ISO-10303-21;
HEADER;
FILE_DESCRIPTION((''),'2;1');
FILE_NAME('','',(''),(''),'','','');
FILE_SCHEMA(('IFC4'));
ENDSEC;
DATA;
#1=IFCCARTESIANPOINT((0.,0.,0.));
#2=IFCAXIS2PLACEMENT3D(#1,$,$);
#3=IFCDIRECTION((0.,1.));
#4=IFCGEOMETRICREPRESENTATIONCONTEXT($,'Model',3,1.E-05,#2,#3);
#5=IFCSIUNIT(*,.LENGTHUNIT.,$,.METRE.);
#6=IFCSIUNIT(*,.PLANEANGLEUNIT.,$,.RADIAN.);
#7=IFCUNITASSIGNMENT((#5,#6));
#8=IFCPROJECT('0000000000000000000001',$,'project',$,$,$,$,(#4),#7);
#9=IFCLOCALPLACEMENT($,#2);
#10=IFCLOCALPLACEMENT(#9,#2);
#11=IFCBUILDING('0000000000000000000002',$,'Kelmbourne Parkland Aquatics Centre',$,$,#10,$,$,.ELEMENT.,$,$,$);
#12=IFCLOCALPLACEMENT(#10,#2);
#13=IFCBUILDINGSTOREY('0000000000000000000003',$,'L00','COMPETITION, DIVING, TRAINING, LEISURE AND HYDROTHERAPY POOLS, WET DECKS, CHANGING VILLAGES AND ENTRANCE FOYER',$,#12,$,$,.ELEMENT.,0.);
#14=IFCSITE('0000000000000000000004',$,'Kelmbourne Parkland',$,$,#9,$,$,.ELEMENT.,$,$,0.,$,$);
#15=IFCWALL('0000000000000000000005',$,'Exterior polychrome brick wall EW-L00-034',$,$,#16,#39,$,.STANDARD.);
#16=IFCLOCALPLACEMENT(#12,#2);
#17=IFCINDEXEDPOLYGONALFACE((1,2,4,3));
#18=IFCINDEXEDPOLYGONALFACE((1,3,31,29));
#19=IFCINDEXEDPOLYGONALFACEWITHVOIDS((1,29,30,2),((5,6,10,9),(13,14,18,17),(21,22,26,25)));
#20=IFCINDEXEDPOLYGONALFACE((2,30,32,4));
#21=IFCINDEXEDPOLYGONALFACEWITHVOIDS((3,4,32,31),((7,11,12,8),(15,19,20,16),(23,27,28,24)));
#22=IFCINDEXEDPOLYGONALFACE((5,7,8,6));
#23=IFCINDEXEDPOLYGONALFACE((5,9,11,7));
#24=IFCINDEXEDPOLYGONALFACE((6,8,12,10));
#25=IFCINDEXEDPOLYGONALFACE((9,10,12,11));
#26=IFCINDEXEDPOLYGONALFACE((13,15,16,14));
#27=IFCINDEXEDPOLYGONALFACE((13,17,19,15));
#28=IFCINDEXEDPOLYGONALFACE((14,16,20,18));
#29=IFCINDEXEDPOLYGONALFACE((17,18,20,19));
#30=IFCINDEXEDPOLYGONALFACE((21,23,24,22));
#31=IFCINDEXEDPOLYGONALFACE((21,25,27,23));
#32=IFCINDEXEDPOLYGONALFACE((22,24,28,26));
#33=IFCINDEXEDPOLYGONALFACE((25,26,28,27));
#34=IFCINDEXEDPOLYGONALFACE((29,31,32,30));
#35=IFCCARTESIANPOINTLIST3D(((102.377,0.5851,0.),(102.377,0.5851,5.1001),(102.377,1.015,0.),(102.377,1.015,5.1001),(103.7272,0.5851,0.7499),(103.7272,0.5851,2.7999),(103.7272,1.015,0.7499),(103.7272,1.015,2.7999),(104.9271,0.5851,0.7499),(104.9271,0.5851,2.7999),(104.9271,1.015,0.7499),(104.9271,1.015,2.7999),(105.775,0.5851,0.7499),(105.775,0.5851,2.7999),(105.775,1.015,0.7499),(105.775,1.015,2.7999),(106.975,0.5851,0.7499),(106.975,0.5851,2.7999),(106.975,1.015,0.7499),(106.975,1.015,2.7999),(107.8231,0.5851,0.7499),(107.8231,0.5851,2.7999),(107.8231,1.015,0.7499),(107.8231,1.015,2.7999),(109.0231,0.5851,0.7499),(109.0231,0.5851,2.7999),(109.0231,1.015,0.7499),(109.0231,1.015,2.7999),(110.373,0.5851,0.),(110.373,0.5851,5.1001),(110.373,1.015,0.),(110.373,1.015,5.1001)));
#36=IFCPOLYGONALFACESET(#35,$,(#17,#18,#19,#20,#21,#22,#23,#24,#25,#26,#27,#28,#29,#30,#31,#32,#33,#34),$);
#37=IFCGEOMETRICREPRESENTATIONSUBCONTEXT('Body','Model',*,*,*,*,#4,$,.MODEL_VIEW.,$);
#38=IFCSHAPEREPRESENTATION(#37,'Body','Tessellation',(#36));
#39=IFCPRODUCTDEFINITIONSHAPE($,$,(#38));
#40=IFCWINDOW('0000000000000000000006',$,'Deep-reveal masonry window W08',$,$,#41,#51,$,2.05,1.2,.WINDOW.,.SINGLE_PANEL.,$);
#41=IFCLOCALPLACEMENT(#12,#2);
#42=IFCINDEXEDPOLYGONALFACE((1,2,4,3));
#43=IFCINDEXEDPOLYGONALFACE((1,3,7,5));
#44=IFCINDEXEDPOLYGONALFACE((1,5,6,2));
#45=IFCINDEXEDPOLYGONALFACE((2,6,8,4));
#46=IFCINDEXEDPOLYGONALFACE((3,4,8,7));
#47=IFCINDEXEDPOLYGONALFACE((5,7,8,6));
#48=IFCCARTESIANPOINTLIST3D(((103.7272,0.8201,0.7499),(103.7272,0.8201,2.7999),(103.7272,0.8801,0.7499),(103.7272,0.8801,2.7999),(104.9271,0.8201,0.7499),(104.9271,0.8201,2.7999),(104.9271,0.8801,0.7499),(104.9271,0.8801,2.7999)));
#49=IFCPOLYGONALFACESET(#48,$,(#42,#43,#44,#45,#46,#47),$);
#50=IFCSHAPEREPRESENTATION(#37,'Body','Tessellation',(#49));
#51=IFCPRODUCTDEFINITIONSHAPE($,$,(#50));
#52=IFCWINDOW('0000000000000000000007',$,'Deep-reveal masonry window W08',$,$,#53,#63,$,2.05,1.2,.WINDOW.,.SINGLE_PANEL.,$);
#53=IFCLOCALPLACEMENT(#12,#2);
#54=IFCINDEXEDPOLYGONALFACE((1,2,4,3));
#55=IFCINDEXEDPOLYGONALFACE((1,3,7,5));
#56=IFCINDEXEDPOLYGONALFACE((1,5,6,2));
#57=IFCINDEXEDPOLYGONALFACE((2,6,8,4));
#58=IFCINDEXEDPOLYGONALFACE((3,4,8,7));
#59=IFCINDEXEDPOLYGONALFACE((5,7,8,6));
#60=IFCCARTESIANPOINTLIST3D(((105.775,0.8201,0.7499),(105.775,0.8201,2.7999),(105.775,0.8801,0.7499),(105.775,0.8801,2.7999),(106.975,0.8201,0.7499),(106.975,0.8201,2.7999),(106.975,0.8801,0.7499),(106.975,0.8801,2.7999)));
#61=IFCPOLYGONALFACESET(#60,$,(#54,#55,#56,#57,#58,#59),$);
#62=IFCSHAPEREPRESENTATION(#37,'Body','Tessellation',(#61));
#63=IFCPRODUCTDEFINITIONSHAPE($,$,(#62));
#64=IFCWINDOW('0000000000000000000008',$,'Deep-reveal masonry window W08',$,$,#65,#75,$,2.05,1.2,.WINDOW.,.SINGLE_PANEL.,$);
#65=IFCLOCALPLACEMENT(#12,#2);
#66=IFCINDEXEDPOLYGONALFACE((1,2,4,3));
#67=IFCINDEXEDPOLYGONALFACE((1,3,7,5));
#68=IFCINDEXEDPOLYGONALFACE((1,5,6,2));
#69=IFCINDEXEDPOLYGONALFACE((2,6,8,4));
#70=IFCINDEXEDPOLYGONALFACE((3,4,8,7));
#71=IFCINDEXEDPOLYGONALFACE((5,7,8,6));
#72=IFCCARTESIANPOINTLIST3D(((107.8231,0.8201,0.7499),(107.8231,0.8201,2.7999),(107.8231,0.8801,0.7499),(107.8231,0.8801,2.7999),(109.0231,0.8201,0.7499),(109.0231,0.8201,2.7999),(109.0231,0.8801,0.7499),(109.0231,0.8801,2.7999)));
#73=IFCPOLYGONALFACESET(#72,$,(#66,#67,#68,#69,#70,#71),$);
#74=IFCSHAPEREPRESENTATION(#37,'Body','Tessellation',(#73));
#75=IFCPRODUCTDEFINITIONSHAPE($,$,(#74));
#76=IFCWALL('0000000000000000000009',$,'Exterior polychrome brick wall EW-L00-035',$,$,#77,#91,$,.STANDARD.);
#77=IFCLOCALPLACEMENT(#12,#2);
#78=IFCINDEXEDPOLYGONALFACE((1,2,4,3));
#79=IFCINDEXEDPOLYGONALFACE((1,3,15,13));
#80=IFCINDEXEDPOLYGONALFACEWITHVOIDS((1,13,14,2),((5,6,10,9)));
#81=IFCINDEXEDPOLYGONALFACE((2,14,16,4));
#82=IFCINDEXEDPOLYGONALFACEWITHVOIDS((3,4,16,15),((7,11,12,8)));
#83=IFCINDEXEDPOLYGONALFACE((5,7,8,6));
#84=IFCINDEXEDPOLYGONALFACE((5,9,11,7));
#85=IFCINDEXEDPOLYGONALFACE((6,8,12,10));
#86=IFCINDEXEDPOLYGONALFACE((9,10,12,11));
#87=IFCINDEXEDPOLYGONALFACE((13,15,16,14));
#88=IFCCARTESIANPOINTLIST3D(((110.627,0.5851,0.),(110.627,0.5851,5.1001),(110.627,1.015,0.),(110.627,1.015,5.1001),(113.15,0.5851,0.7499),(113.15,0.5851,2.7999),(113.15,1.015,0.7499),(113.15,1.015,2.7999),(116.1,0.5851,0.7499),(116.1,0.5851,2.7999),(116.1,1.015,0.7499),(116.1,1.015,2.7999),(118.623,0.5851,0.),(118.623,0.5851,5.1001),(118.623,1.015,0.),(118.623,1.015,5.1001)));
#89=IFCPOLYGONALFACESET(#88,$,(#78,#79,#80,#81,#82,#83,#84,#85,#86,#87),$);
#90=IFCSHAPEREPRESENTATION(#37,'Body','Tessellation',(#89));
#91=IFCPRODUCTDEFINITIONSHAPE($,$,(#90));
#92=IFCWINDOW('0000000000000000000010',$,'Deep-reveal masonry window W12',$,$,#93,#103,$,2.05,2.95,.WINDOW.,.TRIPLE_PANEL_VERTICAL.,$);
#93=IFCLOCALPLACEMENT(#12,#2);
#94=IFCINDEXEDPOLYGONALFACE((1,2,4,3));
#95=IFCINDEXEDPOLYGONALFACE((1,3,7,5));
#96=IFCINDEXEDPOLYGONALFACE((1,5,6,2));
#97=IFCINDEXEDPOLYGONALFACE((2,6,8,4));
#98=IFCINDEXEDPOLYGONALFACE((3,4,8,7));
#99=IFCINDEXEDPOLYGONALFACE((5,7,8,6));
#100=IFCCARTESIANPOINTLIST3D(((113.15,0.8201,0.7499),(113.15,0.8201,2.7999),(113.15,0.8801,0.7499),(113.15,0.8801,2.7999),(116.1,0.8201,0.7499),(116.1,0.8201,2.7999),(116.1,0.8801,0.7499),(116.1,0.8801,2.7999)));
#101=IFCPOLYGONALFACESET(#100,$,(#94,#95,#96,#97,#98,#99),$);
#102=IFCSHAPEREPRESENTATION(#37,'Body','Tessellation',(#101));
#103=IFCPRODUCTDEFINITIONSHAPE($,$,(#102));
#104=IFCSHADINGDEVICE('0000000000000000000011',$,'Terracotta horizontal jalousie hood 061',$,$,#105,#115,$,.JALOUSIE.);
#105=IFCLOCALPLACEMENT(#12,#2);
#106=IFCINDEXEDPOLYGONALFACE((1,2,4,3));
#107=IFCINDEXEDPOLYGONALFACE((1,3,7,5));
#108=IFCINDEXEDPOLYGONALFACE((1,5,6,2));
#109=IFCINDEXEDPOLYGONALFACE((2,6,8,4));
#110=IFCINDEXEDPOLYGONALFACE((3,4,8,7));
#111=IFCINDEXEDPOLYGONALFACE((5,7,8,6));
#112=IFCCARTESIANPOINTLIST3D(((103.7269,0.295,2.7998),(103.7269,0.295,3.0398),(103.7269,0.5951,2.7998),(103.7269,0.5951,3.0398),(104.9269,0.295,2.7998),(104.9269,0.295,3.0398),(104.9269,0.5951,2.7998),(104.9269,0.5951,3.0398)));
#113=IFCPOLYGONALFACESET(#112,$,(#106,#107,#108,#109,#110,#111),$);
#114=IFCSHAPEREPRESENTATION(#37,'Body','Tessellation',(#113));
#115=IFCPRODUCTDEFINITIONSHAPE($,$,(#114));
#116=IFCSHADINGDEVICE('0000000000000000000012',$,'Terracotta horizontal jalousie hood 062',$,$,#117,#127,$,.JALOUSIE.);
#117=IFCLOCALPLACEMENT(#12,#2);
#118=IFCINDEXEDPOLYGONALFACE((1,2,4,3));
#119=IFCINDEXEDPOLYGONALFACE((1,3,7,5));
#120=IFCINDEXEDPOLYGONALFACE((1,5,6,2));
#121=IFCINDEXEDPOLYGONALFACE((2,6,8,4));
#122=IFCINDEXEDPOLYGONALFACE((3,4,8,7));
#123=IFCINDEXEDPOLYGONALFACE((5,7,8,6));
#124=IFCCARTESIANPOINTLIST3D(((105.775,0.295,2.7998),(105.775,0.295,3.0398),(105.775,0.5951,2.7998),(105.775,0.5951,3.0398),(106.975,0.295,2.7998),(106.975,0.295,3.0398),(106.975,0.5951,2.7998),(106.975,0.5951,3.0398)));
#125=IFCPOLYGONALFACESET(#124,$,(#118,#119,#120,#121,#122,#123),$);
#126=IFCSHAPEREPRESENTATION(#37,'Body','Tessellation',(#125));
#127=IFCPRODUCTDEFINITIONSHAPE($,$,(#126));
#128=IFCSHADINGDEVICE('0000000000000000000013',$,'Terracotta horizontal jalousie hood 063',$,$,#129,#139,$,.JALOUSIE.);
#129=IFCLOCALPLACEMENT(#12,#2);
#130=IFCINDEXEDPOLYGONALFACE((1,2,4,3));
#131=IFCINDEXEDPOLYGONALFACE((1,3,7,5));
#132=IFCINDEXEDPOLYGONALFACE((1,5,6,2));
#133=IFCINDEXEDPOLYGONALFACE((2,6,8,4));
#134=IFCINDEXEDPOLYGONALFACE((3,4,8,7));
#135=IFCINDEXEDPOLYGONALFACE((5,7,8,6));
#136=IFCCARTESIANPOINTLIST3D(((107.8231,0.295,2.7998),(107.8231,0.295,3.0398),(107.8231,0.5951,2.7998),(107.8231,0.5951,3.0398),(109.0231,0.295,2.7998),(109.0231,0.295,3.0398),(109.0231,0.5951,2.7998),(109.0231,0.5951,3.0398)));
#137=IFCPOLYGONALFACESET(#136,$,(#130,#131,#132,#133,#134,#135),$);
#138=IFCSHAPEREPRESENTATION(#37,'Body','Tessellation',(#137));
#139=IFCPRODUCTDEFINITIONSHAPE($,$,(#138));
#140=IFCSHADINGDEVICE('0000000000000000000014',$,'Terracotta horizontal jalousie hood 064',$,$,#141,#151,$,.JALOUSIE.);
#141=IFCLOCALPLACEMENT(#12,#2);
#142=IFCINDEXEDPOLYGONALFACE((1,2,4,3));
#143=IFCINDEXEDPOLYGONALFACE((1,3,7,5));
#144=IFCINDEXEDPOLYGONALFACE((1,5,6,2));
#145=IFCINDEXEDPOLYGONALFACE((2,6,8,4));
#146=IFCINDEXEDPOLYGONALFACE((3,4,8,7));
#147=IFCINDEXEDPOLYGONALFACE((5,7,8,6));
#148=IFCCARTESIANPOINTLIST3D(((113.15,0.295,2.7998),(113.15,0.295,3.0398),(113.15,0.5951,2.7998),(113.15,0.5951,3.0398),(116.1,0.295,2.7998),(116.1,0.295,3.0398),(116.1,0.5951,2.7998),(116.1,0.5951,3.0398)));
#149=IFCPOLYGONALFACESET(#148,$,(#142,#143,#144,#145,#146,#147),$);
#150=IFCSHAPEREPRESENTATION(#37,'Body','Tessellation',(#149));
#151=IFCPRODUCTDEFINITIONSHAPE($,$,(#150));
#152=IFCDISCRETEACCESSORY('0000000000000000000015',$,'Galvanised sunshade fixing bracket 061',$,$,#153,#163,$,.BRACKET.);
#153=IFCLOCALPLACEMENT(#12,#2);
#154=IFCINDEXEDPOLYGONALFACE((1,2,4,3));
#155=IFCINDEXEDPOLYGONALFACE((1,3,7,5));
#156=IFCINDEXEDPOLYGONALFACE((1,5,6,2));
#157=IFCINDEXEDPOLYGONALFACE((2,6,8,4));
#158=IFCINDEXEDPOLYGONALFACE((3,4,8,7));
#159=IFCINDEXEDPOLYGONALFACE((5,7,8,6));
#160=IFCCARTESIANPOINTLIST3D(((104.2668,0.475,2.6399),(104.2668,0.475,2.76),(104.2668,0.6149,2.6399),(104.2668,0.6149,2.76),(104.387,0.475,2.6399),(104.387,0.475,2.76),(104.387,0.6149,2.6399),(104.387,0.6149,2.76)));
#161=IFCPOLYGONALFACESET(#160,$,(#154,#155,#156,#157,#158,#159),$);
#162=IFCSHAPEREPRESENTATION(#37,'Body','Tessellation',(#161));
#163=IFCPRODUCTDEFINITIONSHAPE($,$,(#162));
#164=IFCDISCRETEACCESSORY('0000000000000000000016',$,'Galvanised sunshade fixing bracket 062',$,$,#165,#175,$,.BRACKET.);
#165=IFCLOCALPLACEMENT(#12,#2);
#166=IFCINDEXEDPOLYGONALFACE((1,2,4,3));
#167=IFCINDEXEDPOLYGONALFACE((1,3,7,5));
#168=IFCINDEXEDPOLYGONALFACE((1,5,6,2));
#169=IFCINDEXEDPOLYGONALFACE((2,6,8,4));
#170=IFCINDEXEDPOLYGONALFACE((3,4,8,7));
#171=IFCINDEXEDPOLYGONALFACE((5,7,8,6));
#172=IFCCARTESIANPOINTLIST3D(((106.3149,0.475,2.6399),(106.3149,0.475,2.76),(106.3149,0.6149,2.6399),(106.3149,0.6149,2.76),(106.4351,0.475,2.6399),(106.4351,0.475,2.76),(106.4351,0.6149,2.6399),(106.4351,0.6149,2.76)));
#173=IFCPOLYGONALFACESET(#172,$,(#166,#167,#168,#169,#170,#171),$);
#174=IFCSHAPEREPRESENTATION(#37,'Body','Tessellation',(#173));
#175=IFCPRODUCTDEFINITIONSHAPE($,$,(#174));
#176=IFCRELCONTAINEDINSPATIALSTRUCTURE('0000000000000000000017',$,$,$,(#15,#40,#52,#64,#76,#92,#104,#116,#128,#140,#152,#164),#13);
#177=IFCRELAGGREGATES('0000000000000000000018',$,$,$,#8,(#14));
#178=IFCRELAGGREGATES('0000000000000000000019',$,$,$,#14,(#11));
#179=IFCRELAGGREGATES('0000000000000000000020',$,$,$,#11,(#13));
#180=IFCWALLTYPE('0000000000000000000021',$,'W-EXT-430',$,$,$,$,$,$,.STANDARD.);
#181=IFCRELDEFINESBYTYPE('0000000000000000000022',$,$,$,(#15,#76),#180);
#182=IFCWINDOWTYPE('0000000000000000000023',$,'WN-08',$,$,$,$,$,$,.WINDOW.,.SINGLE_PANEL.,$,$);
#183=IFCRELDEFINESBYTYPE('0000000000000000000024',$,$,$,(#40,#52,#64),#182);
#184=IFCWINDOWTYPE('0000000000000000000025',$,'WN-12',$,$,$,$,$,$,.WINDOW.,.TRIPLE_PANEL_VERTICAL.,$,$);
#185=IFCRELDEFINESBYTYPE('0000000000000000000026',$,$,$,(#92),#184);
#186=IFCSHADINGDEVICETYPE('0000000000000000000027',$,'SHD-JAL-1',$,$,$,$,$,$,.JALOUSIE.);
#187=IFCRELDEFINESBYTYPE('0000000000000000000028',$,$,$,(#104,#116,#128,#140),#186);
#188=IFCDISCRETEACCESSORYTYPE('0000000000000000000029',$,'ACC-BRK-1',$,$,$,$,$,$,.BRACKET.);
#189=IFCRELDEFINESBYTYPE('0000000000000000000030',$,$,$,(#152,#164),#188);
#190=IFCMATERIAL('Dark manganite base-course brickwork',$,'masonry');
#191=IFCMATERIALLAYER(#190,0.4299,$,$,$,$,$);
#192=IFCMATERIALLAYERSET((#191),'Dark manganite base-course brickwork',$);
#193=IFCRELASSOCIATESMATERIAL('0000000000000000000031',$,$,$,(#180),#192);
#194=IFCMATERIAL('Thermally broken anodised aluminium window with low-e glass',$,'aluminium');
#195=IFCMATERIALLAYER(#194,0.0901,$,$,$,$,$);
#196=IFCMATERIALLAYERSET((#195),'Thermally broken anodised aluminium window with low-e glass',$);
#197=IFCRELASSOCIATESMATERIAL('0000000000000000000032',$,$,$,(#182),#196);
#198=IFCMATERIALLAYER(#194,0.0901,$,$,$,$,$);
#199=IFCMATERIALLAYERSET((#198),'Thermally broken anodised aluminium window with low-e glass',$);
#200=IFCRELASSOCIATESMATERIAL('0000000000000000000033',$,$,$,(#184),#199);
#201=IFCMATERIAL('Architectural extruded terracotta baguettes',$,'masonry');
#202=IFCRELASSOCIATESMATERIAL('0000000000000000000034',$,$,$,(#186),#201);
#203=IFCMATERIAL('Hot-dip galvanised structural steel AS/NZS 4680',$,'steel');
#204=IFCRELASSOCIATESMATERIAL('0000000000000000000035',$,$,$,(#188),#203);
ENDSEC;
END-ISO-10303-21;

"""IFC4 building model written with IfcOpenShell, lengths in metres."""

from ifc_helpers import new_model, si_unit, direction, frame, frame_2d, origin, origin_2d, place, context, subcontext, project, spatial, rectangle, extrude, material, layer, layer_set, type_object, element, fill, save


model = new_model("IFC4")

# Units and contexts
model_context = context("Model", 3, precision=1e-05, world=origin(), true_north=direction((0.0, 1.0)))
body_context = subcontext(model_context, "Body", "Model", "MODEL_VIEW")
ifc_project = project(units=[si_unit("LENGTHUNIT", "METRE"), si_unit("PLANEANGLEUNIT", "RADIAN")], contexts=[model_context])

# Site, building, storey
site_placement = place(None, origin())
site = spatial("IfcSite", under=ifc_project, at=site_placement, Name="Kelmbourne Parkland", CompositionType="ELEMENT", RefElevation=0.0)
building_placement = place(site_placement, origin())
building = spatial("IfcBuilding", under=site, at=building_placement, Name="Kelmbourne Parkland Aquatics Centre", CompositionType="ELEMENT")
storey_placement = place(building_placement, origin())
storey = spatial("IfcBuildingStorey", under=building, at=storey_placement, Name="L00", Description="COMPETITION, DIVING, TRAINING, LEISURE AND HYDROTHERAPY POOLS, WET DECKS, CHANGING VILLAGES AND ENTRANCE FOYER", CompositionType="ELEMENT", Elevation=0.0)

# Wall, openings, windows
ifc_material_1 = material(Name="Dark manganite base-course brickwork", Category="masonry")
ifc_layer_1 = layer(ifc_material_1, 0.4299)
ifc_layer_set_1 = layer_set([ifc_layer_1], Name="Dark manganite base-course brickwork")
wall_type = type_object("IfcWallType", Name="W-EXT-430", PredefinedType="STANDARD", material=ifc_layer_set_1)
wall_1_placement = place(storey_placement, frame((102.377, 0.8, 0.0), z_axis=(0.0, 0.0, 1.0), x_axis=(1.0, 0.0, 0.0)))
wall_1 = element("IfcWall", 1, at=wall_1_placement, inside=storey, type_object=wall_type, Name="Exterior polychrome brick wall EW-L00-034", PredefinedType="STANDARD", context=body_context, shape_type="SweptSolid", body=[
    extrude(rectangle(XDim=7.9961, YDim=0.4299, at=frame_2d((3.998, 0.0))), origin(), (0.0, 0.0, 1.0), 5.1001),
])
opening_1_placement = place(wall_1_placement, frame((1.3501, 0.0, 0.75)))
opening_1 = element("IfcOpeningElement", 2, at=opening_1_placement, cuts=wall_1, PredefinedType="OPENING", context=body_context, shape_type="SweptSolid", body=[
    extrude(rectangle(XDim=1.2, YDim=2.05, at=frame_2d((0.6001, 1.0249))), frame((0.0, 0.2271, 0.0), z_axis=(0.0, -1.0, 0.0), x_axis=(1.0, 0.0, 0.0)), (0.0, 0.0, 1.0), 0.4539),
])
opening_2_placement = place(wall_1_placement, frame((3.3979, 0.0, 0.75)))
opening_2 = element("IfcOpeningElement", 3, at=opening_2_placement, cuts=wall_1, PredefinedType="OPENING", context=body_context, shape_type="SweptSolid", body=[
    extrude(rectangle(XDim=1.2, YDim=2.05, at=frame_2d((0.6001, 1.0249))), frame((0.0, 0.2271, 0.0), z_axis=(0.0, -1.0, 0.0), x_axis=(1.0, 0.0, 0.0)), (0.0, 0.0, 1.0), 0.4539),
])
opening_3_placement = place(wall_1_placement, frame((5.446, 0.0, 0.75)))
opening_3 = element("IfcOpeningElement", 4, at=opening_3_placement, cuts=wall_1, PredefinedType="OPENING", context=body_context, shape_type="SweptSolid", body=[
    extrude(rectangle(XDim=1.2, YDim=2.05, at=frame_2d((0.6001, 1.0249))), frame((0.0, 0.2271, 0.0), z_axis=(0.0, -1.0, 0.0), x_axis=(1.0, 0.0, 0.0)), (0.0, 0.0, 1.0), 0.4539),
])
ifc_material_2 = material(Name="Thermally broken anodised aluminium window with low-e glass", Category="aluminium")
ifc_layer_2 = layer(ifc_material_2, 0.0901)
ifc_layer_set_2 = layer_set([ifc_layer_2], Name="Thermally broken anodised aluminium window with low-e glass")
window_type_1 = type_object("IfcWindowType", Name="WN-08", PartitioningType="SINGLE_PANEL", PredefinedType="WINDOW", material=ifc_layer_set_2)
window_1_placement = place(opening_1_placement, origin())
window_1 = element("IfcWindow", 5, at=window_1_placement, inside=storey, type_object=window_type_1, Name="Deep-reveal masonry window W08", OverallHeight=2.05, OverallWidth=1.2, PartitioningType="SINGLE_PANEL", PredefinedType="WINDOW", context=body_context, shape_type="SweptSolid", body=[
    extrude(rectangle(XDim=1.2, YDim=2.05, at=frame_2d((0.6001, 1.0249))), frame((0.0, 0.0801, 0.0), z_axis=(0.0, -1.0, 0.0), x_axis=(1.0, 0.0, 0.0)), (0.0, 0.0, 1.0), 0.0601),
])
fill(opening_1, window_1)
window_2_placement = place(opening_2_placement, origin())
window_2 = element("IfcWindow", 6, at=window_2_placement, inside=storey, type_object=window_type_1, Name="Deep-reveal masonry window W08", OverallHeight=2.05, OverallWidth=1.2, PartitioningType="SINGLE_PANEL", PredefinedType="WINDOW", context=body_context, shape_type="SweptSolid", body=[
    extrude(rectangle(XDim=1.2, YDim=2.05, at=frame_2d((0.6001, 1.0249))), frame((0.0, 0.0801, 0.0), z_axis=(0.0, -1.0, 0.0), x_axis=(1.0, 0.0, 0.0)), (0.0, 0.0, 1.0), 0.0601),
])
fill(opening_2, window_2)
window_3_placement = place(opening_3_placement, origin())
window_3 = element("IfcWindow", 7, at=window_3_placement, inside=storey, type_object=window_type_1, Name="Deep-reveal masonry window W08", OverallHeight=2.05, OverallWidth=1.2, PartitioningType="SINGLE_PANEL", PredefinedType="WINDOW", context=body_context, shape_type="SweptSolid", body=[
    extrude(rectangle(XDim=1.2, YDim=2.05, at=frame_2d((0.6001, 1.0249))), frame((0.0, 0.0801, 0.0), z_axis=(0.0, -1.0, 0.0), x_axis=(1.0, 0.0, 0.0)), (0.0, 0.0, 1.0), 0.0601),
])
fill(opening_3, window_3)

# Wall, opening, window
wall_2_placement = place(storey_placement, frame((110.627, 0.8, 0.0), z_axis=(0.0, 0.0, 1.0), x_axis=(1.0, 0.0, 0.0)))
wall_2 = element("IfcWall", 8, at=wall_2_placement, inside=storey, type_object=wall_type, Name="Exterior polychrome brick wall EW-L00-035", PredefinedType="STANDARD", context=body_context, shape_type="SweptSolid", body=[
    extrude(rectangle(XDim=7.9961, YDim=0.4299, at=frame_2d((3.998, 0.0))), origin(), (0.0, 0.0, 1.0), 5.1001),
])
opening_4_placement = place(wall_2_placement, frame((2.5229, 0.0, 0.75)))
opening_4 = element("IfcOpeningElement", 9, at=opening_4_placement, cuts=wall_2, PredefinedType="OPENING", context=body_context, shape_type="SweptSolid", body=[
    extrude(rectangle(XDim=2.95, YDim=2.05, at=frame_2d((1.4751, 1.0249))), frame((0.0, 0.2271, 0.0), z_axis=(0.0, -1.0, 0.0), x_axis=(1.0, 0.0, 0.0)), (0.0, 0.0, 1.0), 0.4539),
])
ifc_layer_3 = layer(ifc_material_2, 0.0901)
ifc_layer_set_3 = layer_set([ifc_layer_3], Name="Thermally broken anodised aluminium window with low-e glass")
window_type_2 = type_object("IfcWindowType", Name="WN-12", PartitioningType="TRIPLE_PANEL_VERTICAL", PredefinedType="WINDOW", material=ifc_layer_set_3)
window_4_placement = place(opening_4_placement, origin())
window_4 = element("IfcWindow", 10, at=window_4_placement, inside=storey, type_object=window_type_2, Name="Deep-reveal masonry window W12", OverallHeight=2.05, OverallWidth=2.95, PartitioningType="TRIPLE_PANEL_VERTICAL", PredefinedType="WINDOW", context=body_context, shape_type="SweptSolid", body=[
    extrude(rectangle(XDim=2.95, YDim=2.05, at=frame_2d((1.4751, 1.0249))), frame((0.0, 0.0801, 0.0), z_axis=(0.0, -1.0, 0.0), x_axis=(1.0, 0.0, 0.0)), (0.0, 0.0, 1.0), 0.0601),
])
fill(opening_4, window_4)

# Shading devices
ifc_material_3 = material(Name="Architectural extruded terracotta baguettes", Category="masonry")
shading_device_type = type_object("IfcShadingDeviceType", Name="SHD-JAL-1", PredefinedType="JALOUSIE", material=ifc_material_3)
for number, where, z_axis, x_axis, name in (
    (11, (104.3269, 0.4451, 2.7998), (0.0, 0.0, 1.0), (1.0, 0.0, 0.0), "Terracotta horizontal jalousie hood 061"),
    (12, (106.375, 0.4451, 2.7998), (0.0, 0.0, 1.0), (1.0, 0.0, 0.0), "Terracotta horizontal jalousie hood 062"),
    (13, (108.4231, 0.4451, 2.7998), (0.0, 0.0, 1.0), (1.0, 0.0, 0.0), "Terracotta horizontal jalousie hood 063"),
):
    element("IfcShadingDevice", number, at=place(storey_placement, frame(where, z_axis=z_axis, x_axis=x_axis)), inside=storey, type_object=shading_device_type, Name=name, PredefinedType="JALOUSIE", context=body_context, shape_type="SweptSolid", body=[
        extrude(rectangle(XDim=1.2, YDim=0.3, at=origin_2d()), origin(), (0.0, 0.0, 1.0), 0.24),
    ])
shading_device_placement = place(storey_placement, frame((114.625, 0.4451, 2.7998), z_axis=(0.0, 0.0, 1.0), x_axis=(1.0, 0.0, 0.0)))
element("IfcShadingDevice", 14, at=shading_device_placement, inside=storey, type_object=shading_device_type, Name="Terracotta horizontal jalousie hood 064", PredefinedType="JALOUSIE", context=body_context, shape_type="SweptSolid", body=[
    extrude(rectangle(XDim=2.95, YDim=0.3, at=origin_2d()), origin(), (0.0, 0.0, 1.0), 0.24),
])

# Discrete accessories
ifc_material_4 = material(Name="Hot-dip galvanised structural steel AS/NZS 4680", Category="steel")
discrete_accessory_type = type_object("IfcDiscreteAccessoryType", Name="ACC-BRK-1", PredefinedType="BRACKET", material=ifc_material_4)
for number, where, z_axis, x_axis, name in (
    (15, (104.3269, 0.5449, 2.6399), (0.0, 0.0, 1.0), (1.0, 0.0, 0.0), "Galvanised sunshade fixing bracket 061"),
    (16, (106.375, 0.5449, 2.6399), (0.0, 0.0, 1.0), (1.0, 0.0, 0.0), "Galvanised sunshade fixing bracket 062"),
):
    element("IfcDiscreteAccessory", number, at=place(storey_placement, frame(where, z_axis=z_axis, x_axis=x_axis)), inside=storey, type_object=discrete_accessory_type, Name=name, PredefinedType="BRACKET", context=body_context, shape_type="SweptSolid", body=[
        extrude(rectangle(XDim=0.1201, YDim=0.1399, at=origin_2d()), origin(), (0.0, 0.0, 1.0), 0.1201),
    ])

save(model, "model.ifc")
